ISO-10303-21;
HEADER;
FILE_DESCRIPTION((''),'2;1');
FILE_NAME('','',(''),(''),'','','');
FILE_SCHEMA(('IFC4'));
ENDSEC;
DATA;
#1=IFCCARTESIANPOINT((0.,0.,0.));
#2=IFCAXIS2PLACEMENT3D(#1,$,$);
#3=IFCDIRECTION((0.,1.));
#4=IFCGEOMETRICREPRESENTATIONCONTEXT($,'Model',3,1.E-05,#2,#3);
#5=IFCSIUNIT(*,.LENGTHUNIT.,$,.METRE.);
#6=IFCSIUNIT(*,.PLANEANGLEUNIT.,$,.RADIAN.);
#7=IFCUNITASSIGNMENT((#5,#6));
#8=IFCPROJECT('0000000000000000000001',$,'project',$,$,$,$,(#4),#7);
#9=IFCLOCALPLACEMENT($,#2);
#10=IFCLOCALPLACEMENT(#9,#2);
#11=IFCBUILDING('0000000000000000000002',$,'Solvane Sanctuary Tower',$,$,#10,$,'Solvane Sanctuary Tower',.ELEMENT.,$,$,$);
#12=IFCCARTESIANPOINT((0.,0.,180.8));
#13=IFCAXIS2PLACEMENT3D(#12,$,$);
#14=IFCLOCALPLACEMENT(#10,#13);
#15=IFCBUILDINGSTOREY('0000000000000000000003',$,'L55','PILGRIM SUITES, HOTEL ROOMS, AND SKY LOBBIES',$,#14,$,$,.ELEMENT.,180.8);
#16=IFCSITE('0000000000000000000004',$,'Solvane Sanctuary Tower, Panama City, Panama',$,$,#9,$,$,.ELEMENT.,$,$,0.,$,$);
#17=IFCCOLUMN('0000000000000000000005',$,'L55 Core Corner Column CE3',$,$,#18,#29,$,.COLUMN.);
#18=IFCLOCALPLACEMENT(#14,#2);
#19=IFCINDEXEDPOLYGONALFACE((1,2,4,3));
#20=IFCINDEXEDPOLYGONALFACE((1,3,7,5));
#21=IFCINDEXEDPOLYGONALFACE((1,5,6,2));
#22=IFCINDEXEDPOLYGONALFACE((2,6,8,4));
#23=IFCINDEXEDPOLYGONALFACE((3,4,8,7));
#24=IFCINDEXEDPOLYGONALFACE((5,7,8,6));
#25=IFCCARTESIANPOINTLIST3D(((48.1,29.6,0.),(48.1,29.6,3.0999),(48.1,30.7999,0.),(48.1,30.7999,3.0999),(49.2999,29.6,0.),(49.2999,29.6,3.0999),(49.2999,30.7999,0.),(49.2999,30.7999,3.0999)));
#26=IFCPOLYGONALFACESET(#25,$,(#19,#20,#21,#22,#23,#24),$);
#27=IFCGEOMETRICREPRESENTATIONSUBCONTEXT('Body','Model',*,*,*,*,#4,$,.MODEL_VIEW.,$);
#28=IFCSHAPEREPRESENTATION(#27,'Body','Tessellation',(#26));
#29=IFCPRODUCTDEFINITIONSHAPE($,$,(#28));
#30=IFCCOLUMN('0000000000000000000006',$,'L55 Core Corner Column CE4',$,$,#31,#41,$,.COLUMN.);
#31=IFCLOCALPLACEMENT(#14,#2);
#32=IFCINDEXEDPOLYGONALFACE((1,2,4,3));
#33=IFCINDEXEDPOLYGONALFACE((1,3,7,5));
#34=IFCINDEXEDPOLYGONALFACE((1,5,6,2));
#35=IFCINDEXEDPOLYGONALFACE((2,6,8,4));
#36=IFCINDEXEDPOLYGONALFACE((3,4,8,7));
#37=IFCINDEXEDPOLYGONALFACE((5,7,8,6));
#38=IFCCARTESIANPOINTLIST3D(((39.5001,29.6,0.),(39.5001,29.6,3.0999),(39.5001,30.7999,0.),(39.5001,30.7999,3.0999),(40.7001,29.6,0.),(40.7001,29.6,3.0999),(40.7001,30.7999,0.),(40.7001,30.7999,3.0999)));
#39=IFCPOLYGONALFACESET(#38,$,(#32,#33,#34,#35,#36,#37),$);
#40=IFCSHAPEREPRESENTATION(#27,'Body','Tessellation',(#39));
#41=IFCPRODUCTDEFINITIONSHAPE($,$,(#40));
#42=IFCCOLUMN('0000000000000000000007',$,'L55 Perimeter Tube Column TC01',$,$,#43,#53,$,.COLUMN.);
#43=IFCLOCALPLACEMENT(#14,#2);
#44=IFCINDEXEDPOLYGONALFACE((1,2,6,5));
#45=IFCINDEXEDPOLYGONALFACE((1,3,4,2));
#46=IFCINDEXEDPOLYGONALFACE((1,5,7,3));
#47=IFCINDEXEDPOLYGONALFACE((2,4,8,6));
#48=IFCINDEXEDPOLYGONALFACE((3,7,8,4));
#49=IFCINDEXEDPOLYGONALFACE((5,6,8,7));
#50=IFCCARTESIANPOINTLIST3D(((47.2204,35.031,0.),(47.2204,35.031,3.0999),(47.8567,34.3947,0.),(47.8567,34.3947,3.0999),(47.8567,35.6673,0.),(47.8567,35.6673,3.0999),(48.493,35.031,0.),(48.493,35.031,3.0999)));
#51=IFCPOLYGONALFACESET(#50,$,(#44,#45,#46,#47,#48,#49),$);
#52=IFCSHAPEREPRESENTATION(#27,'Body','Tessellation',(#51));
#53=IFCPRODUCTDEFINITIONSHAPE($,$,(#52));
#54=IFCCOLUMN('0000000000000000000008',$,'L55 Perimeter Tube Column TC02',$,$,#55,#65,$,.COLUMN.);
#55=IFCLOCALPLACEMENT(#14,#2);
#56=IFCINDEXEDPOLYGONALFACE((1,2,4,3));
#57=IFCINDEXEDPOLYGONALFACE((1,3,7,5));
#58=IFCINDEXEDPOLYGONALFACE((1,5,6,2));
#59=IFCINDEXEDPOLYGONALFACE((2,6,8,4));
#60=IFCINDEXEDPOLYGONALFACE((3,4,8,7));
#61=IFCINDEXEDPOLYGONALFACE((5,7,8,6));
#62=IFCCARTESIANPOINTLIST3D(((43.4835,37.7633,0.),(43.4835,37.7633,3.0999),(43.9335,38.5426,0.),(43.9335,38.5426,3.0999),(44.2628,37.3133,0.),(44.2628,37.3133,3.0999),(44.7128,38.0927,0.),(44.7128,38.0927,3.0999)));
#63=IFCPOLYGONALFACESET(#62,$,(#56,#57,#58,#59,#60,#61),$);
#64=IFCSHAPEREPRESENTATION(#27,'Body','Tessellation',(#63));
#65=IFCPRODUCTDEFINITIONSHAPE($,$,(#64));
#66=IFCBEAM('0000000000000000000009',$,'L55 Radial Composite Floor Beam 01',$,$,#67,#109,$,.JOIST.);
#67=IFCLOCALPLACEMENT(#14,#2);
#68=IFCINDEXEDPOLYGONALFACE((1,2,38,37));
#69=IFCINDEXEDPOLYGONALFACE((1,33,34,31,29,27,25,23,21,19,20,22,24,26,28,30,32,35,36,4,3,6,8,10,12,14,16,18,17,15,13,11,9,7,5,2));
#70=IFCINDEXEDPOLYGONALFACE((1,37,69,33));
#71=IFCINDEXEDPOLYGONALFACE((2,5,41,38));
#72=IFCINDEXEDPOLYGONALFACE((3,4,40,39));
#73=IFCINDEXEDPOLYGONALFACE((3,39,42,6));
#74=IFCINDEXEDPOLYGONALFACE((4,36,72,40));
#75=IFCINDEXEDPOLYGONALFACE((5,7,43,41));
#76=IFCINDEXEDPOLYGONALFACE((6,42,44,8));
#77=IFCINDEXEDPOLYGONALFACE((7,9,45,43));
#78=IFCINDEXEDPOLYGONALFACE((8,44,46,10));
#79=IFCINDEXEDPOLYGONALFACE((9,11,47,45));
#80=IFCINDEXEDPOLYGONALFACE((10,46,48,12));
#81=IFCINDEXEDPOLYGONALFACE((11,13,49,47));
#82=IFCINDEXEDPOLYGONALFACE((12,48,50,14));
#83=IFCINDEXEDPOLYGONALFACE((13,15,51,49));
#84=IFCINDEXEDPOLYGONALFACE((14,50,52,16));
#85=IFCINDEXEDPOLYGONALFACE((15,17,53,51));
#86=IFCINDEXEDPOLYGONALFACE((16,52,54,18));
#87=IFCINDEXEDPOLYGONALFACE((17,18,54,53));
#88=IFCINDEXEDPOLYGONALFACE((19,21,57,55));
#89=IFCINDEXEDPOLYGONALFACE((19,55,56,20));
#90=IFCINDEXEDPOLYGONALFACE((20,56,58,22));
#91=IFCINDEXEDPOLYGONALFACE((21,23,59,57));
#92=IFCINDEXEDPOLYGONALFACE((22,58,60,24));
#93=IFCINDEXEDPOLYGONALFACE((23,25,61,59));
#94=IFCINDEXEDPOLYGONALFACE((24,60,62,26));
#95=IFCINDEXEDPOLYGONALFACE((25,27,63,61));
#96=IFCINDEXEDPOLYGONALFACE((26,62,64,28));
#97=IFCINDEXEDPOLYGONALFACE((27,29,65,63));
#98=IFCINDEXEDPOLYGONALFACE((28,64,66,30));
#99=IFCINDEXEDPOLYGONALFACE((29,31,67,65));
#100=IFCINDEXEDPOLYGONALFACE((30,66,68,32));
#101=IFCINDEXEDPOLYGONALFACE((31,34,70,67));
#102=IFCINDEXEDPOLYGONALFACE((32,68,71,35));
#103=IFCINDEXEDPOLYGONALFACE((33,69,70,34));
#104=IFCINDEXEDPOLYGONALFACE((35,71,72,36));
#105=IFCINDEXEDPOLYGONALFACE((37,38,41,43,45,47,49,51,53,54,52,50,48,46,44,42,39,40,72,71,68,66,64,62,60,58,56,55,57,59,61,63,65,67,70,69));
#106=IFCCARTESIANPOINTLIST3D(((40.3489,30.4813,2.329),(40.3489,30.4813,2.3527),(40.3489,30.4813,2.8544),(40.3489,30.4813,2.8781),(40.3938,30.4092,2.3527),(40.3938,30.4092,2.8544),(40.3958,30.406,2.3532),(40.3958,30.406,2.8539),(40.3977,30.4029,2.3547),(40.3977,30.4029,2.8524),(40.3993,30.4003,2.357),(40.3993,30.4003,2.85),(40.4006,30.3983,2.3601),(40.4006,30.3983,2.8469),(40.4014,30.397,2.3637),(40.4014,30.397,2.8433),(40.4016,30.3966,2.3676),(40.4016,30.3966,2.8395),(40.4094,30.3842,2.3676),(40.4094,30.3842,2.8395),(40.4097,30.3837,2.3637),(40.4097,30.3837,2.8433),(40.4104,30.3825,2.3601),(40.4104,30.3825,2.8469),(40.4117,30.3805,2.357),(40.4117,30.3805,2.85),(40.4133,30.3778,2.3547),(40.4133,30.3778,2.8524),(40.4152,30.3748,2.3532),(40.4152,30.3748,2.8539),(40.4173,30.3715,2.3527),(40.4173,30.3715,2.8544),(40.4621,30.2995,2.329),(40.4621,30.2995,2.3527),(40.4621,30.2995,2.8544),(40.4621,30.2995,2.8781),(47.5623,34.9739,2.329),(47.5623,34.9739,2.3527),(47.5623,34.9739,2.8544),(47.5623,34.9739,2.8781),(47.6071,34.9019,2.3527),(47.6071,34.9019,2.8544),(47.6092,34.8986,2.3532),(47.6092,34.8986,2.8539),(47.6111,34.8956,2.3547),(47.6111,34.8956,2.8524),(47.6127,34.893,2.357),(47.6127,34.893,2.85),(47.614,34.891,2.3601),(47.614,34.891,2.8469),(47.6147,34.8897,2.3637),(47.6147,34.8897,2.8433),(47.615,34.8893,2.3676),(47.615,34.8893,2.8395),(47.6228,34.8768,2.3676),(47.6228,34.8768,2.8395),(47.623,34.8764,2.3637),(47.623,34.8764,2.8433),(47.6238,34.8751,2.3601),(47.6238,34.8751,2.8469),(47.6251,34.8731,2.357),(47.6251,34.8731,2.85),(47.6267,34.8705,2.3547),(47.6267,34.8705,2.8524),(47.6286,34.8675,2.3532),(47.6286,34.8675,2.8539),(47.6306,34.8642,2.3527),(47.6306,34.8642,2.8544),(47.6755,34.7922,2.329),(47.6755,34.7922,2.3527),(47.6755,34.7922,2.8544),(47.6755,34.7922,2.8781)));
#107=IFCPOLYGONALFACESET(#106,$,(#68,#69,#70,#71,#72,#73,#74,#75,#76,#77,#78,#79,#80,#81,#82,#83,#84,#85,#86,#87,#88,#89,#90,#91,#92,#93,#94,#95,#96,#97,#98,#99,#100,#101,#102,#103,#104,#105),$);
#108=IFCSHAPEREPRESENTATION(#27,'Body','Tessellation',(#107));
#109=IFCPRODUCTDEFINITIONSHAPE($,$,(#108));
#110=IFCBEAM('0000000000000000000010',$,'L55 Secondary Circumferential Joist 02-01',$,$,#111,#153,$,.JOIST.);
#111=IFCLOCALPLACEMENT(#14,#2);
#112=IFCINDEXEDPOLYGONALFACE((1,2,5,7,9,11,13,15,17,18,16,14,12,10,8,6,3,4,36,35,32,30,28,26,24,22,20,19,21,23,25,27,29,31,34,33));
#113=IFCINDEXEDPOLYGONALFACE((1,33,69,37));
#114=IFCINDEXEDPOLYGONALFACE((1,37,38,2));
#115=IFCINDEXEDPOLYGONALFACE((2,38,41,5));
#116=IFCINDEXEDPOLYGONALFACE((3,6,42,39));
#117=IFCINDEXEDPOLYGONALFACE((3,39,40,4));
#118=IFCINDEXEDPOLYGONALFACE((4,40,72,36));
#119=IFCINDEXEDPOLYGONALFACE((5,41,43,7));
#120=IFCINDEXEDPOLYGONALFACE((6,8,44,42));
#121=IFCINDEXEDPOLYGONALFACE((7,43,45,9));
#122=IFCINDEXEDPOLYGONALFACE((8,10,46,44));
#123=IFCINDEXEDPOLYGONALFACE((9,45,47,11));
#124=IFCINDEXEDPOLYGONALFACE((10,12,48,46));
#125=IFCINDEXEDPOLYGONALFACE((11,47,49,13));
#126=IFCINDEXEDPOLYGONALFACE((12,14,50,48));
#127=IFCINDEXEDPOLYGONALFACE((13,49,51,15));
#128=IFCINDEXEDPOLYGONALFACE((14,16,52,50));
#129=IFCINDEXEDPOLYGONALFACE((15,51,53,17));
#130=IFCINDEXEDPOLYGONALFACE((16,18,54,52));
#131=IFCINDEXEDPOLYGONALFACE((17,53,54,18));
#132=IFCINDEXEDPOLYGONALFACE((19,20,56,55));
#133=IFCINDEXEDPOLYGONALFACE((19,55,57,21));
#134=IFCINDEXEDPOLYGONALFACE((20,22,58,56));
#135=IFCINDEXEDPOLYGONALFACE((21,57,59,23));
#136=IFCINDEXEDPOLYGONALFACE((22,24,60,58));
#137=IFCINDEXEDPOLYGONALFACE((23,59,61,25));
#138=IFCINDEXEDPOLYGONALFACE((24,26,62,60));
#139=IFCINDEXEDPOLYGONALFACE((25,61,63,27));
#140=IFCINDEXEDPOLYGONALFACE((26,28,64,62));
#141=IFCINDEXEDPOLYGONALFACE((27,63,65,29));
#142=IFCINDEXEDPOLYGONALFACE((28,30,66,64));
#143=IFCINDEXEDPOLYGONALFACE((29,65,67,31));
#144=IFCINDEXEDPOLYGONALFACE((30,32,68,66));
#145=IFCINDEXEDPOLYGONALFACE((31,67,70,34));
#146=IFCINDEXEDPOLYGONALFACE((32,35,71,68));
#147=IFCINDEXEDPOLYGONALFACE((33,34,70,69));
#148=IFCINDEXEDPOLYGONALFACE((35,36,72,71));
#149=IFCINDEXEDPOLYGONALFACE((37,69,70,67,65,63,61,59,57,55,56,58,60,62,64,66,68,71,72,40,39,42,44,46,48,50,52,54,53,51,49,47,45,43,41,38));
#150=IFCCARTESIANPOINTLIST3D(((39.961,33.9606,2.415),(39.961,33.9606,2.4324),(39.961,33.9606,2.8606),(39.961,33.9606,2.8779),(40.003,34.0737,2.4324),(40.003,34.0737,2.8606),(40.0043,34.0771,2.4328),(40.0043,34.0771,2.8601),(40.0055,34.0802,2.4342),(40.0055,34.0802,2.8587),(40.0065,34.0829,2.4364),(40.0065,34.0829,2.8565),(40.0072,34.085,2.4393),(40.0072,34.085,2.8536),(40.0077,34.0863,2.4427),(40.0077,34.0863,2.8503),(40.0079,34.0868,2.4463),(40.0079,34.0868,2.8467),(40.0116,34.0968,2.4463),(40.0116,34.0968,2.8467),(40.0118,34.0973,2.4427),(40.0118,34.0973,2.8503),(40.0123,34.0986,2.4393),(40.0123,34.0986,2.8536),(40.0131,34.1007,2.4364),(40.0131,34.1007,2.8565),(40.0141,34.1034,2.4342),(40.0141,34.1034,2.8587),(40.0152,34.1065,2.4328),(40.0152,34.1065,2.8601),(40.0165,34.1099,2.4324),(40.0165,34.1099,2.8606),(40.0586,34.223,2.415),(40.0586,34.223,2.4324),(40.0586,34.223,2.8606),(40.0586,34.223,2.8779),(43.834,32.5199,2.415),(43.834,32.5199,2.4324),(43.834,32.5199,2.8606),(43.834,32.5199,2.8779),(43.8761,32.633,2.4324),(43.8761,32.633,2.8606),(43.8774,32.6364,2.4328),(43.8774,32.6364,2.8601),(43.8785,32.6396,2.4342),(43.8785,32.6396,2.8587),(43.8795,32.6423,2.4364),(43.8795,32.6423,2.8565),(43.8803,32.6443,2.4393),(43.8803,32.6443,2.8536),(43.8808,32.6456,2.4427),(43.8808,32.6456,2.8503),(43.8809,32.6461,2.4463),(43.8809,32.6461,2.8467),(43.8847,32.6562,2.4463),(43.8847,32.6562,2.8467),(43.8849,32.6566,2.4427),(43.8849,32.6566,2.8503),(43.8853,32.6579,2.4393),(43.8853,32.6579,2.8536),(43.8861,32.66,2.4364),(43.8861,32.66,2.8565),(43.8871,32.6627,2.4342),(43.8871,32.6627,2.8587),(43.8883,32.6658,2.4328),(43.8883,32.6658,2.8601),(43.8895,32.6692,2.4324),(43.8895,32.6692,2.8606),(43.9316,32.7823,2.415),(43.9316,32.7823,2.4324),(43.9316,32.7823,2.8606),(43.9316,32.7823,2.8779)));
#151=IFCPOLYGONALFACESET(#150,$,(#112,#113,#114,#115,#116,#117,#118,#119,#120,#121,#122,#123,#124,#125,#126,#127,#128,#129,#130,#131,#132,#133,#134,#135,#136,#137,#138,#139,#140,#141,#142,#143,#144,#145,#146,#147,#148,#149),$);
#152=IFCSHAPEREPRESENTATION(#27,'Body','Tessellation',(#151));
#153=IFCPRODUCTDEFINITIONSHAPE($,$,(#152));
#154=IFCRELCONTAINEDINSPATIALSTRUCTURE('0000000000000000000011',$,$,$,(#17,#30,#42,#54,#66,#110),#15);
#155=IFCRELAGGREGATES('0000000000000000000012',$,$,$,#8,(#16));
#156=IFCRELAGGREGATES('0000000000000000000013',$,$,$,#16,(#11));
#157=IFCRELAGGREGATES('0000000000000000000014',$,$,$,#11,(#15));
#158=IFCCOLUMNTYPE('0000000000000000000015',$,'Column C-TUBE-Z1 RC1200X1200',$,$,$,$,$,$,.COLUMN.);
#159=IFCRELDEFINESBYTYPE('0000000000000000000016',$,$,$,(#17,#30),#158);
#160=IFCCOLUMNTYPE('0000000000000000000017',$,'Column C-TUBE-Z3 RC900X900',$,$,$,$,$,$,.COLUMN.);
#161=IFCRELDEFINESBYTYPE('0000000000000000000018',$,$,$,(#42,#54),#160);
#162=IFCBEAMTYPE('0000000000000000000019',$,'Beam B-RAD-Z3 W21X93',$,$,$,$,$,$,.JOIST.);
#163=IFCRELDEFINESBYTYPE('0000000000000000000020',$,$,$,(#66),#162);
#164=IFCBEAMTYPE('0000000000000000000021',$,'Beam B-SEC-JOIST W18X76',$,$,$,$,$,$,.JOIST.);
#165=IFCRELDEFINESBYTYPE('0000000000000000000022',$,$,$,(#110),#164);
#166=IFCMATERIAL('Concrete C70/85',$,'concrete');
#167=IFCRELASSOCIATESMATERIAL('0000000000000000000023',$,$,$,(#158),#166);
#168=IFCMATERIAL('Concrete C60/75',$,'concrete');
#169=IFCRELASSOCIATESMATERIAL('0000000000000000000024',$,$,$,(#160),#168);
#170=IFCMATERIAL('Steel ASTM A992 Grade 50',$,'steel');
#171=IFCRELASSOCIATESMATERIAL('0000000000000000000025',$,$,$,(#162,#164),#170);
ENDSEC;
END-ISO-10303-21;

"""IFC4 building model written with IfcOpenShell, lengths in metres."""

from ifc_helpers import new_model, si_unit, direction, frame, origin, origin_2d, place, context, subcontext, project, spatial, rectangle, i_section, extrude, material, material_profile, profile_set, type_object, element, save


model = new_model("IFC4")

# Units and contexts
model_context = context("Model", 3, precision=1e-05, world=origin(), true_north=direction((0.0, 1.0)))
body_context = subcontext(model_context, "Body", "Model", "MODEL_VIEW")
ifc_project = project(units=[si_unit("LENGTHUNIT", "METRE"), si_unit("PLANEANGLEUNIT", "RADIAN")], contexts=[model_context])

# Site, building, storey
site_placement = place(None, origin())
site = spatial("IfcSite", under=ifc_project, at=site_placement, Name="Solvane Sanctuary Tower, Panama City, Panama", CompositionType="ELEMENT", RefElevation=0.0)
building_placement = place(site_placement, origin())
building = spatial("IfcBuilding", under=site, at=building_placement, Name="Solvane Sanctuary Tower", LongName="Solvane Sanctuary Tower", CompositionType="ELEMENT")
storey_placement = place(building_placement, frame((0.0, 0.0, 180.8)))
storey = spatial("IfcBuildingStorey", under=building, at=storey_placement, Name="L55", Description="PILGRIM SUITES, HOTEL ROOMS, AND SKY LOBBIES", CompositionType="ELEMENT", Elevation=180.8)

# Columns
ifc_material_1 = material(Name="Concrete C70/85", Category="concrete")
ifc_material_profile_1 = material_profile(ifc_material_1, rectangle(XDim=1.2, YDim=1.2, at=origin_2d()), Name="RC1200X1200")
ifc_profile_set_1 = profile_set([ifc_material_profile_1], Name="Concrete C70/85")
column_type_1 = type_object("IfcColumnType", Name="Column C-TUBE-Z1 RC1200X1200", PredefinedType="COLUMN", material=ifc_profile_set_1)
for number, where, z_axis, x_axis, name in (
    (1, (48.7, 30.2, 0.0), (0.0, 0.0, 1.0), (1.0, 0.0, 0.0), "L55 Core Corner Column CE3"),
    (2, (40.1001, 30.2, 0.0), (0.0, 0.0, 1.0), (1.0, 0.0, 0.0), "L55 Core Corner Column CE4"),
):
    element("IfcColumn", number, at=place(storey_placement, frame(where, z_axis=z_axis, x_axis=x_axis)), inside=storey, type_object=column_type_1, Name=name, PredefinedType="COLUMN", context=body_context, shape_type="SweptSolid", body=[
        extrude(rectangle(XDim=1.2, YDim=1.2, at=origin_2d()), origin(), (0.0, 0.0, 1.0), 3.0999),
    ])
ifc_material_2 = material(Name="Concrete C60/75", Category="concrete")
ifc_material_profile_2 = material_profile(ifc_material_2, rectangle(XDim=0.8999, YDim=0.8999, at=origin_2d()), Name="RC900X900")
ifc_profile_set_2 = profile_set([ifc_material_profile_2], Name="Concrete C60/75")
column_type_2 = type_object("IfcColumnType", Name="Column C-TUBE-Z3 RC900X900", PredefinedType="COLUMN", material=ifc_profile_set_2)
for number, where, z_axis, x_axis, name in (
    (3, (47.8567, 35.031, 0.0), (0.0, 0.0, 1.0), (0.707107, 0.707107, 0.0), "L55 Perimeter Tube Column TC01"),
    (4, (44.0981, 37.928, 0.0), (0.0, 0.0, 1.0), (0.5, 0.866025, 0.0), "L55 Perimeter Tube Column TC02"),
):
    element("IfcColumn", number, at=place(storey_placement, frame(where, z_axis=z_axis, x_axis=x_axis)), inside=storey, type_object=column_type_2, Name=name, PredefinedType="COLUMN", context=body_context, shape_type="SweptSolid", body=[
        extrude(rectangle(XDim=0.8999, YDim=0.8999, at=origin_2d()), origin(), (0.0, 0.0, 1.0), 3.0999),
    ])

# Beams
ifc_material_3 = material(Name="Steel ASTM A992 Grade 50", Category="steel")
ifc_material_profile_3 = material_profile(ifc_material_3, i_section(OverallWidth=0.2141, OverallDepth=0.5491, WebThickness=0.0146, FlangeThickness=0.0237, FilletRadius=0.0149, at=origin_2d()), Name="W21X93")
ifc_profile_set_3 = profile_set([ifc_material_profile_3], Name="Steel ASTM A992 Grade 50")
beam_type_1 = type_object("IfcBeamType", Name="Beam B-RAD-Z3 W21X93", PredefinedType="JOIST", material=ifc_profile_set_3)
beam_1_placement = place(storey_placement, frame((40.4055, 30.3904, 2.6035), z_axis=(0.848827, 0.528671, 0.0), x_axis=(-0.528671, 0.848827, 0.0)))
element("IfcBeam", 5, at=beam_1_placement, inside=storey, type_object=beam_type_1, Name="L55 Radial Composite Floor Beam 01", PredefinedType="JOIST", context=body_context, shape_type="SweptSolid", body=[
    extrude(i_section(OverallWidth=0.2141, OverallDepth=0.5491, WebThickness=0.0146, FlangeThickness=0.0237, FilletRadius=0.0149, at=origin_2d()), origin(), (0.0, 0.0, 1.0), 8.498),
])
ifc_material_profile_4 = material_profile(ifc_material_3, i_section(OverallWidth=0.28, OverallDepth=0.4629, WebThickness=0.0107, FlangeThickness=0.0173, FilletRadius=0.0139, at=origin_2d()), Name="W18X76")
ifc_profile_set_4 = profile_set([ifc_material_profile_4], Name="Steel ASTM A992 Grade 50")
beam_type_2 = type_object("IfcBeamType", Name="Beam B-SEC-JOIST W18X76", PredefinedType="JOIST", material=ifc_profile_set_4)
beam_2_placement = place(storey_placement, frame((40.0098, 34.0918, 2.6465), z_axis=(0.937258, -0.348636, 0.0), x_axis=(0.348636, 0.937258, 0.0)))
element("IfcBeam", 6, at=beam_2_placement, inside=storey, type_object=beam_type_2, Name="L55 Secondary Circumferential Joist 02-01", PredefinedType="JOIST", context=body_context, shape_type="SweptSolid", body=[
    extrude(i_section(OverallWidth=0.28, OverallDepth=0.4629, WebThickness=0.0107, FlangeThickness=0.0173, FilletRadius=0.0139, at=origin_2d()), origin(), (0.0, 0.0, 1.0), 4.1323),
])

save(model, "model.ifc")
